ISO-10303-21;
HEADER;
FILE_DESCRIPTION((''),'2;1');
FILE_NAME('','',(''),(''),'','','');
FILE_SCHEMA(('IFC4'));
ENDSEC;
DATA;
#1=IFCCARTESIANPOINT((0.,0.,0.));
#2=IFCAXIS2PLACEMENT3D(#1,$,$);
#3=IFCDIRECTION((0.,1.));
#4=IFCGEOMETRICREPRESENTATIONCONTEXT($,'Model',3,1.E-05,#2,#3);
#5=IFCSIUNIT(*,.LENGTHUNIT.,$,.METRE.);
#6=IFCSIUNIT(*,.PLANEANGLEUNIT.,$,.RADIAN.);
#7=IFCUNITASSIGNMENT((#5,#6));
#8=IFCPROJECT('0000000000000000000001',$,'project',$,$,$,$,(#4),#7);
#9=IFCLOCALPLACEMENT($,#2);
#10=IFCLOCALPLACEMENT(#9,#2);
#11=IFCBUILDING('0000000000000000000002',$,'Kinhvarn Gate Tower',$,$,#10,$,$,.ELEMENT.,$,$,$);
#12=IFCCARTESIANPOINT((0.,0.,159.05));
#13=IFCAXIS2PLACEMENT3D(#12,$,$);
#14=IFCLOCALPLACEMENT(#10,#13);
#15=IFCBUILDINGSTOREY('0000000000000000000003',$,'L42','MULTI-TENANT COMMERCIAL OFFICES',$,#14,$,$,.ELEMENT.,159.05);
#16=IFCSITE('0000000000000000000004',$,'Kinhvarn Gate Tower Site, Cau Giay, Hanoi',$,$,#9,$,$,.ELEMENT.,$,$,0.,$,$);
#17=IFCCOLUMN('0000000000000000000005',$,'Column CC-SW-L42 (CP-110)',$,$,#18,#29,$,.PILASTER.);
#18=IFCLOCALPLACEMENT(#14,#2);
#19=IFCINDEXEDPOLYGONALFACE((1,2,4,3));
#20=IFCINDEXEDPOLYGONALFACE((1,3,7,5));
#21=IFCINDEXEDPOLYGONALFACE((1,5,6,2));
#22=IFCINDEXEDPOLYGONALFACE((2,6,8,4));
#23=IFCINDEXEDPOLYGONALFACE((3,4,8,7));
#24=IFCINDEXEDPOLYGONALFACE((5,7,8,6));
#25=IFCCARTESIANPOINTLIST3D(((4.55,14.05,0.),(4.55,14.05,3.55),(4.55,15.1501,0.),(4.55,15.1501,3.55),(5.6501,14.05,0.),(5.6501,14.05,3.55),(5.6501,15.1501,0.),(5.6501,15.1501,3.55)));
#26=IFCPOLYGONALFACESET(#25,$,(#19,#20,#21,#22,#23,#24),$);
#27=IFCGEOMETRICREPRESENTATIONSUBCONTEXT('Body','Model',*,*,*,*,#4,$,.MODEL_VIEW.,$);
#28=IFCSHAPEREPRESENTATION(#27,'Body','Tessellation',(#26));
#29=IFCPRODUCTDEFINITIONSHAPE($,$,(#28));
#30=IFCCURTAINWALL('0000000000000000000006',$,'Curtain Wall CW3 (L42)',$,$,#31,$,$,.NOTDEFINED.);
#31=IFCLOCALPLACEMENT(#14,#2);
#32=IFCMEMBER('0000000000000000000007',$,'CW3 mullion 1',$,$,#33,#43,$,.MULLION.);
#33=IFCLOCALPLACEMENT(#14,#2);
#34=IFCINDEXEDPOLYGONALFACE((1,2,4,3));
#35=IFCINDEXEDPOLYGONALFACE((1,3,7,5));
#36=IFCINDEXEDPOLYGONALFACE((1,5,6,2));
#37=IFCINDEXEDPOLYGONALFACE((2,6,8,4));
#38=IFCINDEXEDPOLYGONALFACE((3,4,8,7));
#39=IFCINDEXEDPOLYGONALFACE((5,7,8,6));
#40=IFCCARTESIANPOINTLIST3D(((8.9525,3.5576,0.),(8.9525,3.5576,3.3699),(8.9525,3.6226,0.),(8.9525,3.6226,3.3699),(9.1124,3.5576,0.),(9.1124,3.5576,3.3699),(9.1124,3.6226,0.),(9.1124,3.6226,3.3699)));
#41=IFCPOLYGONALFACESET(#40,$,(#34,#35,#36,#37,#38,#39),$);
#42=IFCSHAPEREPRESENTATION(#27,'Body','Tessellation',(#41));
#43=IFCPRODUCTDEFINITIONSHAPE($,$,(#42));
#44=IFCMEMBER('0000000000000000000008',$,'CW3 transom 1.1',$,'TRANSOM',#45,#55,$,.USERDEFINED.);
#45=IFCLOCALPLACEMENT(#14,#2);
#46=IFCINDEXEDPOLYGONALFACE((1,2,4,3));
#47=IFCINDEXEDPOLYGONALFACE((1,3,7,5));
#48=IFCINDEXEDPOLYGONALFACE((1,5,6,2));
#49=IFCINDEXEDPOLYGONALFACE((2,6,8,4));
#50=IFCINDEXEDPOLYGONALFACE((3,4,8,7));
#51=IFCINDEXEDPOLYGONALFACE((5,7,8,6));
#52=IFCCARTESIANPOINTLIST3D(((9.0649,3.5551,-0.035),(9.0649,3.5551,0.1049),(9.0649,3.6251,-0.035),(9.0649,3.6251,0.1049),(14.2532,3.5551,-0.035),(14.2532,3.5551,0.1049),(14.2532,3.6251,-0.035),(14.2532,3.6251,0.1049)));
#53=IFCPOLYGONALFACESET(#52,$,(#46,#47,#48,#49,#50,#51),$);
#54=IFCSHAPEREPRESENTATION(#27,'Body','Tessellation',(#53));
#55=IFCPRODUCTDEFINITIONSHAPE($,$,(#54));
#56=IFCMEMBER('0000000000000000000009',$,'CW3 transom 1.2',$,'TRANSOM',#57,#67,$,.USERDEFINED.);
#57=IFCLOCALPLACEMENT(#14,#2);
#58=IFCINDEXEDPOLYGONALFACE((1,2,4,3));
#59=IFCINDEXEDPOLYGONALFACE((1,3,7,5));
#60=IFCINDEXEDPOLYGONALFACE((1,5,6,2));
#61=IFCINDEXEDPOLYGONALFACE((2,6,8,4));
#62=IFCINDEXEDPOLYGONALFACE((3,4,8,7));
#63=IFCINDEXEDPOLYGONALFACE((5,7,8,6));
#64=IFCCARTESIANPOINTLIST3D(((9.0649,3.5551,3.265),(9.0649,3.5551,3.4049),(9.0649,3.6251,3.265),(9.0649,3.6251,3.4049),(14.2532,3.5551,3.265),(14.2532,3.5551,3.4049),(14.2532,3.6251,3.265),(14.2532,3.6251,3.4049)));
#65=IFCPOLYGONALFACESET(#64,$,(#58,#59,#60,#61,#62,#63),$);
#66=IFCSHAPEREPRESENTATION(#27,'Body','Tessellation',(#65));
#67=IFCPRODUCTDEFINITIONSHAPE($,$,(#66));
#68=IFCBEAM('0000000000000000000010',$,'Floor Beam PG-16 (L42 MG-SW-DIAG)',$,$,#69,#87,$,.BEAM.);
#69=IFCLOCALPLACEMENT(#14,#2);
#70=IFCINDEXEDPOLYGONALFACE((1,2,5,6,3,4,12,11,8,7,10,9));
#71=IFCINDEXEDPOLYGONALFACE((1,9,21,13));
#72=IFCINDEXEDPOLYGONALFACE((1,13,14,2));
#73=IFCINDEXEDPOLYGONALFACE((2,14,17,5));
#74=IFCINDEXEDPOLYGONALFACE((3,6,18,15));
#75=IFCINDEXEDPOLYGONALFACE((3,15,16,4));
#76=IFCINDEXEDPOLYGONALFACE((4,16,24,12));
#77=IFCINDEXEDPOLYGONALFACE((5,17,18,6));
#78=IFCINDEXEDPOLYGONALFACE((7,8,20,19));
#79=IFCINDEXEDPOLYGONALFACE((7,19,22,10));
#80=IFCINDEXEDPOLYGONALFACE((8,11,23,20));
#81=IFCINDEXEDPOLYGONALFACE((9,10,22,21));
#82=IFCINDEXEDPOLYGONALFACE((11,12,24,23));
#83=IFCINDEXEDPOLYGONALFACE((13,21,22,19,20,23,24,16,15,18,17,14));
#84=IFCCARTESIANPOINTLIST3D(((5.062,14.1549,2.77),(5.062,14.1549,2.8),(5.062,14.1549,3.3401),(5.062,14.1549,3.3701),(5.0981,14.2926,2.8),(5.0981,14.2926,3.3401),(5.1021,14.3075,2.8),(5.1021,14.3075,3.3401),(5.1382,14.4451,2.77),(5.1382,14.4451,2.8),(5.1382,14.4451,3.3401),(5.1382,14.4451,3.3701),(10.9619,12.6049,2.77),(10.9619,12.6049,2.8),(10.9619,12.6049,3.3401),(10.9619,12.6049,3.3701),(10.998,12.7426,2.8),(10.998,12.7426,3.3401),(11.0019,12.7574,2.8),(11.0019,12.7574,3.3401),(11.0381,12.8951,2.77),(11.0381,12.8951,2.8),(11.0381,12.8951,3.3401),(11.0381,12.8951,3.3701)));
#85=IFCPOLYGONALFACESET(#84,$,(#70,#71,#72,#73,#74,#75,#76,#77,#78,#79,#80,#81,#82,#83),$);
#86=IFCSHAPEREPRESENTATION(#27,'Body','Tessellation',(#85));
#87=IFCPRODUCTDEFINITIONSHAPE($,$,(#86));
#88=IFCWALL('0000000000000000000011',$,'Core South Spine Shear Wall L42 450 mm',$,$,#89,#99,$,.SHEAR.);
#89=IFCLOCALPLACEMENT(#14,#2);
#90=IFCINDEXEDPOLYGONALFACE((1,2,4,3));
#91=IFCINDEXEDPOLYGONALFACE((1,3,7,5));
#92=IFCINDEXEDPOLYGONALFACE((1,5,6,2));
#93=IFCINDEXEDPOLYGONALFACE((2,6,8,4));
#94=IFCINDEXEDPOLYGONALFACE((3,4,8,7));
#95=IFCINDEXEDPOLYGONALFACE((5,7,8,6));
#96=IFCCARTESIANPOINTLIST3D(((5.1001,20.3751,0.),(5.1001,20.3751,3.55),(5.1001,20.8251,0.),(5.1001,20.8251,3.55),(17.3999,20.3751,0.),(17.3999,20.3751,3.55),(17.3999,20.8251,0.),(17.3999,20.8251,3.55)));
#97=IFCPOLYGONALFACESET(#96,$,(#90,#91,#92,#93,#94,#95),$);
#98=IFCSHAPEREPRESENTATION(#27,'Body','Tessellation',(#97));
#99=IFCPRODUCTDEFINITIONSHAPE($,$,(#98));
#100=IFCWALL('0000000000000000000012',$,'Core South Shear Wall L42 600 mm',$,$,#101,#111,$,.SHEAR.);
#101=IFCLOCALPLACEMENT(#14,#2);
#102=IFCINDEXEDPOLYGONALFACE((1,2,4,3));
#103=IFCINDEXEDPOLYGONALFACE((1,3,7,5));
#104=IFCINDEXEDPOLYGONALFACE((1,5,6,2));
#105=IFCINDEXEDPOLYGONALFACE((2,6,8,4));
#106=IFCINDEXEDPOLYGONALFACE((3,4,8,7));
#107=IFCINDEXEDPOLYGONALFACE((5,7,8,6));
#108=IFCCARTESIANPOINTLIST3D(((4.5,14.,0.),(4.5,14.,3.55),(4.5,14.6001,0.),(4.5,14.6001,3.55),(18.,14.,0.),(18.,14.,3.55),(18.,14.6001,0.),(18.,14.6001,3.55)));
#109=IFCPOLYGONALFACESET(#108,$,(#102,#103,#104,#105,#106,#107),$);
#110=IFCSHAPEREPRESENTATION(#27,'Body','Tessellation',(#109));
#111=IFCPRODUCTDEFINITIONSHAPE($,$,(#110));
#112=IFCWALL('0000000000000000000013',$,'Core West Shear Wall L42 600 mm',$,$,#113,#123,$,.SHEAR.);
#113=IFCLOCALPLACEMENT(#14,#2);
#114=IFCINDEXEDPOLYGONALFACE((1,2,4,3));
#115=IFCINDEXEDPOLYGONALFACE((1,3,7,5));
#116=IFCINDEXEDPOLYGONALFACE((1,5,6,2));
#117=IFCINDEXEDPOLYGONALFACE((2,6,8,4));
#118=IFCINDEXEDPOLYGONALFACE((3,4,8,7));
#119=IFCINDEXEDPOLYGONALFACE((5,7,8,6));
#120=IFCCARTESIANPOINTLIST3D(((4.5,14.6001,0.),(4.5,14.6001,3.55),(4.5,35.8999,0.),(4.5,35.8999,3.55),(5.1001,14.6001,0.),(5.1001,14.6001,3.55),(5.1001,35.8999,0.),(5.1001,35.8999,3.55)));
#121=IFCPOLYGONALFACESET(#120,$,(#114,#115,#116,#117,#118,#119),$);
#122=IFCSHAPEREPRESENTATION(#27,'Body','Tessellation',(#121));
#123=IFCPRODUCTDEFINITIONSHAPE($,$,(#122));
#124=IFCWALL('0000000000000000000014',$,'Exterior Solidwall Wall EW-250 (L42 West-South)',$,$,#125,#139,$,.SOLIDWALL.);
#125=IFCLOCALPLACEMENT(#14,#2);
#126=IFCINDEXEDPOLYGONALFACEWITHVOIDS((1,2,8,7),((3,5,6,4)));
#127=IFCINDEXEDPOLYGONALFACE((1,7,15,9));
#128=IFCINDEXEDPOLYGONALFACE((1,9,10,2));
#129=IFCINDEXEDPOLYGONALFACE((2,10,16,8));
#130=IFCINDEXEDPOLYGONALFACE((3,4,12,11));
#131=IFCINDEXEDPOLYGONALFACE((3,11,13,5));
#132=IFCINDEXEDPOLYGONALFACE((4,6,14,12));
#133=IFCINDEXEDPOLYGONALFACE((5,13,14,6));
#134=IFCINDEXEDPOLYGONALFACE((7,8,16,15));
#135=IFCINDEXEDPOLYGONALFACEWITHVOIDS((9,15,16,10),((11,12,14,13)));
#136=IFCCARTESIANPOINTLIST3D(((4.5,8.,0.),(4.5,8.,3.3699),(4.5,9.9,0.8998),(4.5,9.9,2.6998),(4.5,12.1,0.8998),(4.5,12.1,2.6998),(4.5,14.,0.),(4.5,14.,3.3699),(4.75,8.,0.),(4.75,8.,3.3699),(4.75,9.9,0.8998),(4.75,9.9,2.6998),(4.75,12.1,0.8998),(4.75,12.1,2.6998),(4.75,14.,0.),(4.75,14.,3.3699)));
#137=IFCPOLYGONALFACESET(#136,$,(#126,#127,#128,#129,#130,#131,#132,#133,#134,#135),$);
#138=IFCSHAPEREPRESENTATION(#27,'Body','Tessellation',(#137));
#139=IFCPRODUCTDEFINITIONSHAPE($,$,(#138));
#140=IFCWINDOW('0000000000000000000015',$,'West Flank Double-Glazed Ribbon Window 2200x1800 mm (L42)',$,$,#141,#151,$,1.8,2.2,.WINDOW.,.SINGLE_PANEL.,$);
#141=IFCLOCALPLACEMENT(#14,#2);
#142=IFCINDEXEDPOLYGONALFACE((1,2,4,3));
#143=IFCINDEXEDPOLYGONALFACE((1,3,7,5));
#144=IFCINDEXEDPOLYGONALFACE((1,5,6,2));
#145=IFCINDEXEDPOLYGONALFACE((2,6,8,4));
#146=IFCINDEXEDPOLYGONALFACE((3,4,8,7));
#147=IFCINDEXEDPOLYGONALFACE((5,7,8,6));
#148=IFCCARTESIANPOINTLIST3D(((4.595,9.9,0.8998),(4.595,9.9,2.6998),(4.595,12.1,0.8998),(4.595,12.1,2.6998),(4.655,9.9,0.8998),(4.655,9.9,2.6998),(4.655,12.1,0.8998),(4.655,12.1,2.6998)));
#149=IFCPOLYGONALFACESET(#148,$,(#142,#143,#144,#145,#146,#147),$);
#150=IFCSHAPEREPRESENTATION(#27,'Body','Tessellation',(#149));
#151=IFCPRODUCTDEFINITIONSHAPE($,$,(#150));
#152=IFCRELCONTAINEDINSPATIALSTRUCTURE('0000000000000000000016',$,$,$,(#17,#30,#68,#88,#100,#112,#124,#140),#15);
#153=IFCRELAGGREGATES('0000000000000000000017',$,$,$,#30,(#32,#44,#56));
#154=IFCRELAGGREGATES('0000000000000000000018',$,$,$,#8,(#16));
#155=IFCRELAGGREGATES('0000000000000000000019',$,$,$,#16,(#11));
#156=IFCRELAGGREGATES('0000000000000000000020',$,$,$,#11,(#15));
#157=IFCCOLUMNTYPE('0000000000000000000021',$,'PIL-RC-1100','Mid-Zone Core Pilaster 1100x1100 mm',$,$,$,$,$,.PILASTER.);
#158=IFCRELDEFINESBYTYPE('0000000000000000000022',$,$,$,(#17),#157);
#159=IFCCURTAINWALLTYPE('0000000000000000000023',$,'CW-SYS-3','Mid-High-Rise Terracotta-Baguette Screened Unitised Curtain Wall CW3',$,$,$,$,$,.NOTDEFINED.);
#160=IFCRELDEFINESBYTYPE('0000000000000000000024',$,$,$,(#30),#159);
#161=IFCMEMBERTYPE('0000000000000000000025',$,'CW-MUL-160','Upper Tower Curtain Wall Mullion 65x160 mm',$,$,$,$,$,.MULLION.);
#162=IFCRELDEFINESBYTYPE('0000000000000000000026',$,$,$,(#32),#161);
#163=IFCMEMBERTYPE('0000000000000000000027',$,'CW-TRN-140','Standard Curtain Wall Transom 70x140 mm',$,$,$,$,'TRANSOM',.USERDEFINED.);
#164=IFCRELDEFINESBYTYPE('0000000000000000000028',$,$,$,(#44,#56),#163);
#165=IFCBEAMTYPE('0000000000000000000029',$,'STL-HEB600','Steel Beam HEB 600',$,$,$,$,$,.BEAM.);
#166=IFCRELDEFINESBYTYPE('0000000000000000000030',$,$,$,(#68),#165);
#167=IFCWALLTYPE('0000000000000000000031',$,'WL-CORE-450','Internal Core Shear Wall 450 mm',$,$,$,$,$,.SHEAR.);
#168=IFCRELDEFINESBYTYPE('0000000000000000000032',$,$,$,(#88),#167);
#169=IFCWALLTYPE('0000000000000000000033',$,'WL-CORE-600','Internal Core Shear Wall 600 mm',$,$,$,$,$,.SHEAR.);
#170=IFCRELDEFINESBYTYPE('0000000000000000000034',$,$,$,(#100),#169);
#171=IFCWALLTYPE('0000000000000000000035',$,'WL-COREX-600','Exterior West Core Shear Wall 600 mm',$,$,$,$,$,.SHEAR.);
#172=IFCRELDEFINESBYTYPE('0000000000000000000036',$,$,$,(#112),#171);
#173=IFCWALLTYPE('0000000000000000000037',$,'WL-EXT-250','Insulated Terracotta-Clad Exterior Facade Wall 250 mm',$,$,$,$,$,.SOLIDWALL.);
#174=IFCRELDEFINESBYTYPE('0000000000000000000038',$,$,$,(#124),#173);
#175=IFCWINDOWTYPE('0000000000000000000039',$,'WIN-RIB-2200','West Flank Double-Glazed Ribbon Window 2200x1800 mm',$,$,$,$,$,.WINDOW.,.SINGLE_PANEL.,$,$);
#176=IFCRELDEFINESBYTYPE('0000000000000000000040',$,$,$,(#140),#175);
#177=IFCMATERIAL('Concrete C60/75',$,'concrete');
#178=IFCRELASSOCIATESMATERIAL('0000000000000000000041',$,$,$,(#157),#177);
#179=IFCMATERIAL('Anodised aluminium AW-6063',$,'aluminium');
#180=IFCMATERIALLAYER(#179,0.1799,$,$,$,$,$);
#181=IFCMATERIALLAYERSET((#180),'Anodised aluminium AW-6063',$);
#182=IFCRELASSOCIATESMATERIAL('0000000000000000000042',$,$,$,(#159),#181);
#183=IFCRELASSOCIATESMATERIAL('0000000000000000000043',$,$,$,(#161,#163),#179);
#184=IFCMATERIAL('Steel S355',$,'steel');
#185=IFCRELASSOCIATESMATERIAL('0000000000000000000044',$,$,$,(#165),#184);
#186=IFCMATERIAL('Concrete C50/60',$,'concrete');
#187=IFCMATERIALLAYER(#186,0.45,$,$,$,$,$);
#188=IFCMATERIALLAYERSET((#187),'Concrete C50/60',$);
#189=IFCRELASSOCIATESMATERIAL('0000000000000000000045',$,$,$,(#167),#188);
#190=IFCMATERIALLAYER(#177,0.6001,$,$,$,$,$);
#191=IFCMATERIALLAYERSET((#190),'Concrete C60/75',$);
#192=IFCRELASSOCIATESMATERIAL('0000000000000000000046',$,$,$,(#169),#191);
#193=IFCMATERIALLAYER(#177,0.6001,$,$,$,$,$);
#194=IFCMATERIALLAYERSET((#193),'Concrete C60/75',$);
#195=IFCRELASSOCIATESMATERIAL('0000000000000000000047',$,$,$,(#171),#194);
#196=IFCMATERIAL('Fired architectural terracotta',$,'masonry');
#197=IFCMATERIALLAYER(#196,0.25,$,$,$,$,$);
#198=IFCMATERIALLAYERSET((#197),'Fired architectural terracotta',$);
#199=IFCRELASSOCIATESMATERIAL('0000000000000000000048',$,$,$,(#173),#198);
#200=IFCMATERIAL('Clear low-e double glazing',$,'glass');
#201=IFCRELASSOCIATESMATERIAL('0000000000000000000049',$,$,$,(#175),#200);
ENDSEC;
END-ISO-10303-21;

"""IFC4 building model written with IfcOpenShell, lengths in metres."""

from ifc_helpers import new_model, si_unit, direction, frame, frame_2d, origin, origin_2d, place, context, subcontext, project, spatial, rectangle, i_section, extrude, material, layer, layer_set, material_profile, profile_set, type_object, element, fill, aggregate, save


model = new_model("IFC4")

# Units and contexts
model_context = context("Model", 3, precision=1e-05, world=origin(), true_north=direction((0.0, 1.0)))
body_context = subcontext(model_context, "Body", "Model", "MODEL_VIEW")
ifc_project = project(units=[si_unit("LENGTHUNIT", "METRE"), si_unit("PLANEANGLEUNIT", "RADIAN")], contexts=[model_context])

# Site, building, storey
site_placement = place(None, origin())
site = spatial("IfcSite", under=ifc_project, at=site_placement, Name="Kinhvarn Gate Tower Site, Cau Giay, Hanoi", CompositionType="ELEMENT", RefElevation=0.0)
building_placement = place(site_placement, origin())
building = spatial("IfcBuilding", under=site, at=building_placement, Name="Kinhvarn Gate Tower", CompositionType="ELEMENT")
storey_placement = place(building_placement, frame((0.0, 0.0, 159.05)))
storey = spatial("IfcBuildingStorey", under=building, at=storey_placement, Name="L42", Description="MULTI-TENANT COMMERCIAL OFFICES", CompositionType="ELEMENT", Elevation=159.05)

# Column
ifc_material_1 = material(Name="Concrete C60/75", Category="concrete")
ifc_material_profile_1 = material_profile(ifc_material_1, rectangle(XDim=1.1001, YDim=1.1001, at=origin_2d()), Name="RC 1100x1100")
ifc_profile_set_1 = profile_set([ifc_material_profile_1], Name="Concrete C60/75")
column_type = type_object("IfcColumnType", Name="PIL-RC-1100", Description="Mid-Zone Core Pilaster 1100x1100 mm", PredefinedType="PILASTER", material=ifc_profile_set_1)
column_placement = place(storey_placement, frame((5.1001, 14.6001, 0.0), z_axis=(0.0, 0.0, 1.0), x_axis=(1.0, 0.0, 0.0)))
element("IfcColumn", 1, at=column_placement, inside=storey, type_object=column_type, Name="Column CC-SW-L42 (CP-110)", PredefinedType="PILASTER", context=body_context, shape_type="SweptSolid", body=[
    extrude(rectangle(XDim=1.1001, YDim=1.1001, at=origin_2d()), origin(), (0.0, 0.0, 1.0), 3.55),
])

# Curtain wall, members
ifc_material_2 = material(Name="Anodised aluminium AW-6063", Category="aluminium")
ifc_layer_1 = layer(ifc_material_2, 0.1799)
ifc_layer_set_1 = layer_set([ifc_layer_1], Name="Anodised aluminium AW-6063")
curtain_wall_type = type_object("IfcCurtainWallType", Name="CW-SYS-3", Description="Mid-High-Rise Terracotta-Baguette Screened Unitised Curtain Wall CW3", PredefinedType="NOTDEFINED", material=ifc_layer_set_1)
curtain_wall_placement = place(storey_placement, origin())
curtain_wall = element("IfcCurtainWall", 2, at=curtain_wall_placement, inside=storey, type_object=curtain_wall_type, Name="Curtain Wall CW3 (L42)", PredefinedType="NOTDEFINED")
ifc_material_profile_2 = material_profile(ifc_material_2, rectangle(XDim=0.0649, YDim=0.1599, at=origin_2d()), Name="ALU 65x160")
ifc_profile_set_2 = profile_set([ifc_material_profile_2], Name="Anodised aluminium AW-6063")
member_type_1 = type_object("IfcMemberType", Name="CW-MUL-160", Description="Upper Tower Curtain Wall Mullion 65x160 mm", PredefinedType="MULLION", material=ifc_profile_set_2)
member_1_placement = place(storey_placement, frame((9.0325, 3.5901, 0.0), z_axis=(0.0, 0.0, 1.0), x_axis=(0.0, 1.0, 0.0)))
member_1 = element("IfcMember", 3, at=member_1_placement, type_object=member_type_1, Name="CW3 mullion 1", PredefinedType="MULLION", context=body_context, shape_type="SweptSolid", body=[
    extrude(rectangle(XDim=0.0649, YDim=0.1599, at=origin_2d()), origin(), (0.0, 0.0, 1.0), 3.3699),
])
ifc_material_profile_3 = material_profile(ifc_material_2, rectangle(XDim=0.0701, YDim=0.1399, at=origin_2d()), Name="ALU 70x140")
ifc_profile_set_3 = profile_set([ifc_material_profile_3], Name="Anodised aluminium AW-6063")
member_type_2 = type_object("IfcMemberType", Name="CW-TRN-140", Description="Standard Curtain Wall Transom 70x140 mm", ElementType="TRANSOM", PredefinedType="USERDEFINED", material=ifc_profile_set_3)
member_2_placement = place(storey_placement, frame((9.0649, 3.5901, 0.0349), z_axis=(1.0, 0.0, 0.0), x_axis=(0.0, 1.0, 0.0)))
member_2 = element("IfcMember", 4, at=member_2_placement, type_object=member_type_2, Name="CW3 transom 1.1", ObjectType="TRANSOM", PredefinedType="USERDEFINED", context=body_context, shape_type="SweptSolid", body=[
    extrude(rectangle(XDim=0.0701, YDim=0.1399, at=origin_2d()), origin(), (0.0, 0.0, 1.0), 5.1882),
])
member_3_placement = place(storey_placement, frame((9.0649, 3.5901, 3.335), z_axis=(1.0, 0.0, 0.0), x_axis=(0.0, 1.0, 0.0)))
member_3 = element("IfcMember", 5, at=member_3_placement, type_object=member_type_2, Name="CW3 transom 1.2", ObjectType="TRANSOM", PredefinedType="USERDEFINED", context=body_context, shape_type="SweptSolid", body=[
    extrude(rectangle(XDim=0.0701, YDim=0.1399, at=origin_2d()), origin(), (0.0, 0.0, 1.0), 5.1882),
])
aggregate(curtain_wall, [member_1, member_2, member_3])

# Beam
ifc_material_3 = material(Name="Steel S355", Category="steel")
ifc_material_profile_4 = material_profile(ifc_material_3, i_section(OverallWidth=0.3, OverallDepth=0.6001, WebThickness=0.0154, FlangeThickness=0.03, at=origin_2d()), Name="HEB 600")
ifc_profile_set_4 = profile_set([ifc_material_profile_4], Name="Steel S355")
beam_type = type_object("IfcBeamType", Name="STL-HEB600", Description="Steel Beam HEB 600", PredefinedType="BEAM", material=ifc_profile_set_4)
beam_placement = place(storey_placement, frame((5.1001, 14.3, 3.0701), z_axis=(0.967178, -0.254101, 0.0), x_axis=(0.254101, 0.967178, 0.0)))
element("IfcBeam", 6, at=beam_placement, inside=storey, type_object=beam_type, Name="Floor Beam PG-16 (L42 MG-SW-DIAG)", PredefinedType="BEAM", context=body_context, shape_type="SweptSolid", body=[
    extrude(i_section(OverallWidth=0.3, OverallDepth=0.6001, WebThickness=0.0154, FlangeThickness=0.03, at=origin_2d()), origin(), (0.0, 0.0, 1.0), 6.1001),
])

# Walls
ifc_material_4 = material(Name="Concrete C50/60", Category="concrete")
ifc_layer_2 = layer(ifc_material_4, 0.45)
ifc_layer_set_2 = layer_set([ifc_layer_2], Name="Concrete C50/60")
wall_type_1 = type_object("IfcWallType", Name="WL-CORE-450", Description="Internal Core Shear Wall 450 mm", PredefinedType="SHEAR", material=ifc_layer_set_2)
wall_1_placement = place(storey_placement, frame((5.1001, 20.6001, 0.0), z_axis=(0.0, 0.0, 1.0), x_axis=(1.0, 0.0, 0.0)))
element("IfcWall", 7, at=wall_1_placement, inside=storey, type_object=wall_type_1, Name="Core South Spine Shear Wall L42 450 mm", PredefinedType="SHEAR", context=body_context, shape_type="SweptSolid", body=[
    extrude(rectangle(XDim=12.2998, YDim=0.45, at=frame_2d((6.1499, 0.0))), origin(), (0.0, 0.0, 1.0), 3.55),
])
ifc_layer_3 = layer(ifc_material_1, 0.6001)
ifc_layer_set_3 = layer_set([ifc_layer_3], Name="Concrete C60/75")
wall_type_2 = type_object("IfcWallType", Name="WL-CORE-600", Description="Internal Core Shear Wall 600 mm", PredefinedType="SHEAR", material=ifc_layer_set_3)
wall_2_placement = place(storey_placement, frame((4.5, 14.3, 0.0), z_axis=(0.0, 0.0, 1.0), x_axis=(1.0, 0.0, 0.0)))
element("IfcWall", 8, at=wall_2_placement, inside=storey, type_object=wall_type_2, Name="Core South Shear Wall L42 600 mm", PredefinedType="SHEAR", context=body_context, shape_type="SweptSolid", body=[
    extrude(rectangle(XDim=13.5, YDim=0.6001, at=frame_2d((6.75, 0.0))), origin(), (0.0, 0.0, 1.0), 3.55),
])
ifc_layer_4 = layer(ifc_material_1, 0.6001)
ifc_layer_set_4 = layer_set([ifc_layer_4], Name="Concrete C60/75")
wall_type_3 = type_object("IfcWallType", Name="WL-COREX-600", Description="Exterior West Core Shear Wall 600 mm", PredefinedType="SHEAR", material=ifc_layer_set_4)
wall_3_placement = place(storey_placement, frame((4.8, 14.6001, 0.0), z_axis=(0.0, 0.0, 1.0), x_axis=(0.0, 1.0, 0.0)))
element("IfcWall", 9, at=wall_3_placement, inside=storey, type_object=wall_type_3, Name="Core West Shear Wall L42 600 mm", PredefinedType="SHEAR", context=body_context, shape_type="SweptSolid", body=[
    extrude(rectangle(XDim=21.2998, YDim=0.6001, at=frame_2d((10.6499, 0.0))), origin(), (0.0, 0.0, 1.0), 3.55),
])

# Wall, opening, window
ifc_material_5 = material(Name="Fired architectural terracotta", Category="masonry")
ifc_layer_5 = layer(ifc_material_5, 0.25)
ifc_layer_set_5 = layer_set([ifc_layer_5], Name="Fired architectural terracotta")
wall_type_4 = type_object("IfcWallType", Name="WL-EXT-250", Description="Insulated Terracotta-Clad Exterior Facade Wall 250 mm", PredefinedType="SOLIDWALL", material=ifc_layer_set_5)
wall_4_placement = place(storey_placement, frame((4.625, 14.0, 0.0), z_axis=(0.0, 0.0, 1.0), x_axis=(0.0, -1.0, 0.0)))
wall_4 = element("IfcWall", 10, at=wall_4_placement, inside=storey, type_object=wall_type_4, Name="Exterior Solidwall Wall EW-250 (L42 West-South)", PredefinedType="SOLIDWALL", context=body_context, shape_type="SweptSolid", body=[
    extrude(rectangle(XDim=6.0, YDim=0.25, at=frame_2d((3.0, 0.0))), origin(), (0.0, 0.0, 1.0), 3.3699),
])
opening_1_placement = place(wall_4_placement, frame((1.8999, 0.0, 0.8999)))
opening_1 = element("IfcOpeningElement", 11, at=opening_1_placement, cuts=wall_4, PredefinedType="OPENING", context=body_context, shape_type="SweptSolid", body=[
    extrude(rectangle(XDim=2.2, YDim=1.8, at=frame_2d((1.1001, 0.8999))), frame((0.0, 0.135, 0.0), z_axis=(0.0, -1.0, 0.0), x_axis=(1.0, 0.0, 0.0)), (0.0, 0.0, 1.0), 0.27),
])
ifc_material_6 = material(Name="Clear low-e double glazing", Category="glass")
window_type_1 = type_object("IfcWindowType", Name="WIN-RIB-2200", Description="West Flank Double-Glazed Ribbon Window 2200x1800 mm", PartitioningType="SINGLE_PANEL", PredefinedType="WINDOW", material=ifc_material_6)
window_1_placement = place(opening_1_placement, origin())
window_1 = element("IfcWindow", 12, at=window_1_placement, inside=storey, type_object=window_type_1, Name="West Flank Double-Glazed Ribbon Window 2200x1800 mm (L42)", OverallHeight=1.8, OverallWidth=2.2, PartitioningType="SINGLE_PANEL", PredefinedType="WINDOW", context=body_context, shape_type="SweptSolid", body=[
    extrude(rectangle(XDim=2.2, YDim=1.8, at=frame_2d((1.1001, 0.8999))), frame((0.0, 0.03, 0.0), z_axis=(0.0, -1.0, 0.0), x_axis=(1.0, 0.0, 0.0)), (0.0, 0.0, 1.0), 0.0601),
])
fill(opening_1, window_1)

save(model, "model.ifc")
